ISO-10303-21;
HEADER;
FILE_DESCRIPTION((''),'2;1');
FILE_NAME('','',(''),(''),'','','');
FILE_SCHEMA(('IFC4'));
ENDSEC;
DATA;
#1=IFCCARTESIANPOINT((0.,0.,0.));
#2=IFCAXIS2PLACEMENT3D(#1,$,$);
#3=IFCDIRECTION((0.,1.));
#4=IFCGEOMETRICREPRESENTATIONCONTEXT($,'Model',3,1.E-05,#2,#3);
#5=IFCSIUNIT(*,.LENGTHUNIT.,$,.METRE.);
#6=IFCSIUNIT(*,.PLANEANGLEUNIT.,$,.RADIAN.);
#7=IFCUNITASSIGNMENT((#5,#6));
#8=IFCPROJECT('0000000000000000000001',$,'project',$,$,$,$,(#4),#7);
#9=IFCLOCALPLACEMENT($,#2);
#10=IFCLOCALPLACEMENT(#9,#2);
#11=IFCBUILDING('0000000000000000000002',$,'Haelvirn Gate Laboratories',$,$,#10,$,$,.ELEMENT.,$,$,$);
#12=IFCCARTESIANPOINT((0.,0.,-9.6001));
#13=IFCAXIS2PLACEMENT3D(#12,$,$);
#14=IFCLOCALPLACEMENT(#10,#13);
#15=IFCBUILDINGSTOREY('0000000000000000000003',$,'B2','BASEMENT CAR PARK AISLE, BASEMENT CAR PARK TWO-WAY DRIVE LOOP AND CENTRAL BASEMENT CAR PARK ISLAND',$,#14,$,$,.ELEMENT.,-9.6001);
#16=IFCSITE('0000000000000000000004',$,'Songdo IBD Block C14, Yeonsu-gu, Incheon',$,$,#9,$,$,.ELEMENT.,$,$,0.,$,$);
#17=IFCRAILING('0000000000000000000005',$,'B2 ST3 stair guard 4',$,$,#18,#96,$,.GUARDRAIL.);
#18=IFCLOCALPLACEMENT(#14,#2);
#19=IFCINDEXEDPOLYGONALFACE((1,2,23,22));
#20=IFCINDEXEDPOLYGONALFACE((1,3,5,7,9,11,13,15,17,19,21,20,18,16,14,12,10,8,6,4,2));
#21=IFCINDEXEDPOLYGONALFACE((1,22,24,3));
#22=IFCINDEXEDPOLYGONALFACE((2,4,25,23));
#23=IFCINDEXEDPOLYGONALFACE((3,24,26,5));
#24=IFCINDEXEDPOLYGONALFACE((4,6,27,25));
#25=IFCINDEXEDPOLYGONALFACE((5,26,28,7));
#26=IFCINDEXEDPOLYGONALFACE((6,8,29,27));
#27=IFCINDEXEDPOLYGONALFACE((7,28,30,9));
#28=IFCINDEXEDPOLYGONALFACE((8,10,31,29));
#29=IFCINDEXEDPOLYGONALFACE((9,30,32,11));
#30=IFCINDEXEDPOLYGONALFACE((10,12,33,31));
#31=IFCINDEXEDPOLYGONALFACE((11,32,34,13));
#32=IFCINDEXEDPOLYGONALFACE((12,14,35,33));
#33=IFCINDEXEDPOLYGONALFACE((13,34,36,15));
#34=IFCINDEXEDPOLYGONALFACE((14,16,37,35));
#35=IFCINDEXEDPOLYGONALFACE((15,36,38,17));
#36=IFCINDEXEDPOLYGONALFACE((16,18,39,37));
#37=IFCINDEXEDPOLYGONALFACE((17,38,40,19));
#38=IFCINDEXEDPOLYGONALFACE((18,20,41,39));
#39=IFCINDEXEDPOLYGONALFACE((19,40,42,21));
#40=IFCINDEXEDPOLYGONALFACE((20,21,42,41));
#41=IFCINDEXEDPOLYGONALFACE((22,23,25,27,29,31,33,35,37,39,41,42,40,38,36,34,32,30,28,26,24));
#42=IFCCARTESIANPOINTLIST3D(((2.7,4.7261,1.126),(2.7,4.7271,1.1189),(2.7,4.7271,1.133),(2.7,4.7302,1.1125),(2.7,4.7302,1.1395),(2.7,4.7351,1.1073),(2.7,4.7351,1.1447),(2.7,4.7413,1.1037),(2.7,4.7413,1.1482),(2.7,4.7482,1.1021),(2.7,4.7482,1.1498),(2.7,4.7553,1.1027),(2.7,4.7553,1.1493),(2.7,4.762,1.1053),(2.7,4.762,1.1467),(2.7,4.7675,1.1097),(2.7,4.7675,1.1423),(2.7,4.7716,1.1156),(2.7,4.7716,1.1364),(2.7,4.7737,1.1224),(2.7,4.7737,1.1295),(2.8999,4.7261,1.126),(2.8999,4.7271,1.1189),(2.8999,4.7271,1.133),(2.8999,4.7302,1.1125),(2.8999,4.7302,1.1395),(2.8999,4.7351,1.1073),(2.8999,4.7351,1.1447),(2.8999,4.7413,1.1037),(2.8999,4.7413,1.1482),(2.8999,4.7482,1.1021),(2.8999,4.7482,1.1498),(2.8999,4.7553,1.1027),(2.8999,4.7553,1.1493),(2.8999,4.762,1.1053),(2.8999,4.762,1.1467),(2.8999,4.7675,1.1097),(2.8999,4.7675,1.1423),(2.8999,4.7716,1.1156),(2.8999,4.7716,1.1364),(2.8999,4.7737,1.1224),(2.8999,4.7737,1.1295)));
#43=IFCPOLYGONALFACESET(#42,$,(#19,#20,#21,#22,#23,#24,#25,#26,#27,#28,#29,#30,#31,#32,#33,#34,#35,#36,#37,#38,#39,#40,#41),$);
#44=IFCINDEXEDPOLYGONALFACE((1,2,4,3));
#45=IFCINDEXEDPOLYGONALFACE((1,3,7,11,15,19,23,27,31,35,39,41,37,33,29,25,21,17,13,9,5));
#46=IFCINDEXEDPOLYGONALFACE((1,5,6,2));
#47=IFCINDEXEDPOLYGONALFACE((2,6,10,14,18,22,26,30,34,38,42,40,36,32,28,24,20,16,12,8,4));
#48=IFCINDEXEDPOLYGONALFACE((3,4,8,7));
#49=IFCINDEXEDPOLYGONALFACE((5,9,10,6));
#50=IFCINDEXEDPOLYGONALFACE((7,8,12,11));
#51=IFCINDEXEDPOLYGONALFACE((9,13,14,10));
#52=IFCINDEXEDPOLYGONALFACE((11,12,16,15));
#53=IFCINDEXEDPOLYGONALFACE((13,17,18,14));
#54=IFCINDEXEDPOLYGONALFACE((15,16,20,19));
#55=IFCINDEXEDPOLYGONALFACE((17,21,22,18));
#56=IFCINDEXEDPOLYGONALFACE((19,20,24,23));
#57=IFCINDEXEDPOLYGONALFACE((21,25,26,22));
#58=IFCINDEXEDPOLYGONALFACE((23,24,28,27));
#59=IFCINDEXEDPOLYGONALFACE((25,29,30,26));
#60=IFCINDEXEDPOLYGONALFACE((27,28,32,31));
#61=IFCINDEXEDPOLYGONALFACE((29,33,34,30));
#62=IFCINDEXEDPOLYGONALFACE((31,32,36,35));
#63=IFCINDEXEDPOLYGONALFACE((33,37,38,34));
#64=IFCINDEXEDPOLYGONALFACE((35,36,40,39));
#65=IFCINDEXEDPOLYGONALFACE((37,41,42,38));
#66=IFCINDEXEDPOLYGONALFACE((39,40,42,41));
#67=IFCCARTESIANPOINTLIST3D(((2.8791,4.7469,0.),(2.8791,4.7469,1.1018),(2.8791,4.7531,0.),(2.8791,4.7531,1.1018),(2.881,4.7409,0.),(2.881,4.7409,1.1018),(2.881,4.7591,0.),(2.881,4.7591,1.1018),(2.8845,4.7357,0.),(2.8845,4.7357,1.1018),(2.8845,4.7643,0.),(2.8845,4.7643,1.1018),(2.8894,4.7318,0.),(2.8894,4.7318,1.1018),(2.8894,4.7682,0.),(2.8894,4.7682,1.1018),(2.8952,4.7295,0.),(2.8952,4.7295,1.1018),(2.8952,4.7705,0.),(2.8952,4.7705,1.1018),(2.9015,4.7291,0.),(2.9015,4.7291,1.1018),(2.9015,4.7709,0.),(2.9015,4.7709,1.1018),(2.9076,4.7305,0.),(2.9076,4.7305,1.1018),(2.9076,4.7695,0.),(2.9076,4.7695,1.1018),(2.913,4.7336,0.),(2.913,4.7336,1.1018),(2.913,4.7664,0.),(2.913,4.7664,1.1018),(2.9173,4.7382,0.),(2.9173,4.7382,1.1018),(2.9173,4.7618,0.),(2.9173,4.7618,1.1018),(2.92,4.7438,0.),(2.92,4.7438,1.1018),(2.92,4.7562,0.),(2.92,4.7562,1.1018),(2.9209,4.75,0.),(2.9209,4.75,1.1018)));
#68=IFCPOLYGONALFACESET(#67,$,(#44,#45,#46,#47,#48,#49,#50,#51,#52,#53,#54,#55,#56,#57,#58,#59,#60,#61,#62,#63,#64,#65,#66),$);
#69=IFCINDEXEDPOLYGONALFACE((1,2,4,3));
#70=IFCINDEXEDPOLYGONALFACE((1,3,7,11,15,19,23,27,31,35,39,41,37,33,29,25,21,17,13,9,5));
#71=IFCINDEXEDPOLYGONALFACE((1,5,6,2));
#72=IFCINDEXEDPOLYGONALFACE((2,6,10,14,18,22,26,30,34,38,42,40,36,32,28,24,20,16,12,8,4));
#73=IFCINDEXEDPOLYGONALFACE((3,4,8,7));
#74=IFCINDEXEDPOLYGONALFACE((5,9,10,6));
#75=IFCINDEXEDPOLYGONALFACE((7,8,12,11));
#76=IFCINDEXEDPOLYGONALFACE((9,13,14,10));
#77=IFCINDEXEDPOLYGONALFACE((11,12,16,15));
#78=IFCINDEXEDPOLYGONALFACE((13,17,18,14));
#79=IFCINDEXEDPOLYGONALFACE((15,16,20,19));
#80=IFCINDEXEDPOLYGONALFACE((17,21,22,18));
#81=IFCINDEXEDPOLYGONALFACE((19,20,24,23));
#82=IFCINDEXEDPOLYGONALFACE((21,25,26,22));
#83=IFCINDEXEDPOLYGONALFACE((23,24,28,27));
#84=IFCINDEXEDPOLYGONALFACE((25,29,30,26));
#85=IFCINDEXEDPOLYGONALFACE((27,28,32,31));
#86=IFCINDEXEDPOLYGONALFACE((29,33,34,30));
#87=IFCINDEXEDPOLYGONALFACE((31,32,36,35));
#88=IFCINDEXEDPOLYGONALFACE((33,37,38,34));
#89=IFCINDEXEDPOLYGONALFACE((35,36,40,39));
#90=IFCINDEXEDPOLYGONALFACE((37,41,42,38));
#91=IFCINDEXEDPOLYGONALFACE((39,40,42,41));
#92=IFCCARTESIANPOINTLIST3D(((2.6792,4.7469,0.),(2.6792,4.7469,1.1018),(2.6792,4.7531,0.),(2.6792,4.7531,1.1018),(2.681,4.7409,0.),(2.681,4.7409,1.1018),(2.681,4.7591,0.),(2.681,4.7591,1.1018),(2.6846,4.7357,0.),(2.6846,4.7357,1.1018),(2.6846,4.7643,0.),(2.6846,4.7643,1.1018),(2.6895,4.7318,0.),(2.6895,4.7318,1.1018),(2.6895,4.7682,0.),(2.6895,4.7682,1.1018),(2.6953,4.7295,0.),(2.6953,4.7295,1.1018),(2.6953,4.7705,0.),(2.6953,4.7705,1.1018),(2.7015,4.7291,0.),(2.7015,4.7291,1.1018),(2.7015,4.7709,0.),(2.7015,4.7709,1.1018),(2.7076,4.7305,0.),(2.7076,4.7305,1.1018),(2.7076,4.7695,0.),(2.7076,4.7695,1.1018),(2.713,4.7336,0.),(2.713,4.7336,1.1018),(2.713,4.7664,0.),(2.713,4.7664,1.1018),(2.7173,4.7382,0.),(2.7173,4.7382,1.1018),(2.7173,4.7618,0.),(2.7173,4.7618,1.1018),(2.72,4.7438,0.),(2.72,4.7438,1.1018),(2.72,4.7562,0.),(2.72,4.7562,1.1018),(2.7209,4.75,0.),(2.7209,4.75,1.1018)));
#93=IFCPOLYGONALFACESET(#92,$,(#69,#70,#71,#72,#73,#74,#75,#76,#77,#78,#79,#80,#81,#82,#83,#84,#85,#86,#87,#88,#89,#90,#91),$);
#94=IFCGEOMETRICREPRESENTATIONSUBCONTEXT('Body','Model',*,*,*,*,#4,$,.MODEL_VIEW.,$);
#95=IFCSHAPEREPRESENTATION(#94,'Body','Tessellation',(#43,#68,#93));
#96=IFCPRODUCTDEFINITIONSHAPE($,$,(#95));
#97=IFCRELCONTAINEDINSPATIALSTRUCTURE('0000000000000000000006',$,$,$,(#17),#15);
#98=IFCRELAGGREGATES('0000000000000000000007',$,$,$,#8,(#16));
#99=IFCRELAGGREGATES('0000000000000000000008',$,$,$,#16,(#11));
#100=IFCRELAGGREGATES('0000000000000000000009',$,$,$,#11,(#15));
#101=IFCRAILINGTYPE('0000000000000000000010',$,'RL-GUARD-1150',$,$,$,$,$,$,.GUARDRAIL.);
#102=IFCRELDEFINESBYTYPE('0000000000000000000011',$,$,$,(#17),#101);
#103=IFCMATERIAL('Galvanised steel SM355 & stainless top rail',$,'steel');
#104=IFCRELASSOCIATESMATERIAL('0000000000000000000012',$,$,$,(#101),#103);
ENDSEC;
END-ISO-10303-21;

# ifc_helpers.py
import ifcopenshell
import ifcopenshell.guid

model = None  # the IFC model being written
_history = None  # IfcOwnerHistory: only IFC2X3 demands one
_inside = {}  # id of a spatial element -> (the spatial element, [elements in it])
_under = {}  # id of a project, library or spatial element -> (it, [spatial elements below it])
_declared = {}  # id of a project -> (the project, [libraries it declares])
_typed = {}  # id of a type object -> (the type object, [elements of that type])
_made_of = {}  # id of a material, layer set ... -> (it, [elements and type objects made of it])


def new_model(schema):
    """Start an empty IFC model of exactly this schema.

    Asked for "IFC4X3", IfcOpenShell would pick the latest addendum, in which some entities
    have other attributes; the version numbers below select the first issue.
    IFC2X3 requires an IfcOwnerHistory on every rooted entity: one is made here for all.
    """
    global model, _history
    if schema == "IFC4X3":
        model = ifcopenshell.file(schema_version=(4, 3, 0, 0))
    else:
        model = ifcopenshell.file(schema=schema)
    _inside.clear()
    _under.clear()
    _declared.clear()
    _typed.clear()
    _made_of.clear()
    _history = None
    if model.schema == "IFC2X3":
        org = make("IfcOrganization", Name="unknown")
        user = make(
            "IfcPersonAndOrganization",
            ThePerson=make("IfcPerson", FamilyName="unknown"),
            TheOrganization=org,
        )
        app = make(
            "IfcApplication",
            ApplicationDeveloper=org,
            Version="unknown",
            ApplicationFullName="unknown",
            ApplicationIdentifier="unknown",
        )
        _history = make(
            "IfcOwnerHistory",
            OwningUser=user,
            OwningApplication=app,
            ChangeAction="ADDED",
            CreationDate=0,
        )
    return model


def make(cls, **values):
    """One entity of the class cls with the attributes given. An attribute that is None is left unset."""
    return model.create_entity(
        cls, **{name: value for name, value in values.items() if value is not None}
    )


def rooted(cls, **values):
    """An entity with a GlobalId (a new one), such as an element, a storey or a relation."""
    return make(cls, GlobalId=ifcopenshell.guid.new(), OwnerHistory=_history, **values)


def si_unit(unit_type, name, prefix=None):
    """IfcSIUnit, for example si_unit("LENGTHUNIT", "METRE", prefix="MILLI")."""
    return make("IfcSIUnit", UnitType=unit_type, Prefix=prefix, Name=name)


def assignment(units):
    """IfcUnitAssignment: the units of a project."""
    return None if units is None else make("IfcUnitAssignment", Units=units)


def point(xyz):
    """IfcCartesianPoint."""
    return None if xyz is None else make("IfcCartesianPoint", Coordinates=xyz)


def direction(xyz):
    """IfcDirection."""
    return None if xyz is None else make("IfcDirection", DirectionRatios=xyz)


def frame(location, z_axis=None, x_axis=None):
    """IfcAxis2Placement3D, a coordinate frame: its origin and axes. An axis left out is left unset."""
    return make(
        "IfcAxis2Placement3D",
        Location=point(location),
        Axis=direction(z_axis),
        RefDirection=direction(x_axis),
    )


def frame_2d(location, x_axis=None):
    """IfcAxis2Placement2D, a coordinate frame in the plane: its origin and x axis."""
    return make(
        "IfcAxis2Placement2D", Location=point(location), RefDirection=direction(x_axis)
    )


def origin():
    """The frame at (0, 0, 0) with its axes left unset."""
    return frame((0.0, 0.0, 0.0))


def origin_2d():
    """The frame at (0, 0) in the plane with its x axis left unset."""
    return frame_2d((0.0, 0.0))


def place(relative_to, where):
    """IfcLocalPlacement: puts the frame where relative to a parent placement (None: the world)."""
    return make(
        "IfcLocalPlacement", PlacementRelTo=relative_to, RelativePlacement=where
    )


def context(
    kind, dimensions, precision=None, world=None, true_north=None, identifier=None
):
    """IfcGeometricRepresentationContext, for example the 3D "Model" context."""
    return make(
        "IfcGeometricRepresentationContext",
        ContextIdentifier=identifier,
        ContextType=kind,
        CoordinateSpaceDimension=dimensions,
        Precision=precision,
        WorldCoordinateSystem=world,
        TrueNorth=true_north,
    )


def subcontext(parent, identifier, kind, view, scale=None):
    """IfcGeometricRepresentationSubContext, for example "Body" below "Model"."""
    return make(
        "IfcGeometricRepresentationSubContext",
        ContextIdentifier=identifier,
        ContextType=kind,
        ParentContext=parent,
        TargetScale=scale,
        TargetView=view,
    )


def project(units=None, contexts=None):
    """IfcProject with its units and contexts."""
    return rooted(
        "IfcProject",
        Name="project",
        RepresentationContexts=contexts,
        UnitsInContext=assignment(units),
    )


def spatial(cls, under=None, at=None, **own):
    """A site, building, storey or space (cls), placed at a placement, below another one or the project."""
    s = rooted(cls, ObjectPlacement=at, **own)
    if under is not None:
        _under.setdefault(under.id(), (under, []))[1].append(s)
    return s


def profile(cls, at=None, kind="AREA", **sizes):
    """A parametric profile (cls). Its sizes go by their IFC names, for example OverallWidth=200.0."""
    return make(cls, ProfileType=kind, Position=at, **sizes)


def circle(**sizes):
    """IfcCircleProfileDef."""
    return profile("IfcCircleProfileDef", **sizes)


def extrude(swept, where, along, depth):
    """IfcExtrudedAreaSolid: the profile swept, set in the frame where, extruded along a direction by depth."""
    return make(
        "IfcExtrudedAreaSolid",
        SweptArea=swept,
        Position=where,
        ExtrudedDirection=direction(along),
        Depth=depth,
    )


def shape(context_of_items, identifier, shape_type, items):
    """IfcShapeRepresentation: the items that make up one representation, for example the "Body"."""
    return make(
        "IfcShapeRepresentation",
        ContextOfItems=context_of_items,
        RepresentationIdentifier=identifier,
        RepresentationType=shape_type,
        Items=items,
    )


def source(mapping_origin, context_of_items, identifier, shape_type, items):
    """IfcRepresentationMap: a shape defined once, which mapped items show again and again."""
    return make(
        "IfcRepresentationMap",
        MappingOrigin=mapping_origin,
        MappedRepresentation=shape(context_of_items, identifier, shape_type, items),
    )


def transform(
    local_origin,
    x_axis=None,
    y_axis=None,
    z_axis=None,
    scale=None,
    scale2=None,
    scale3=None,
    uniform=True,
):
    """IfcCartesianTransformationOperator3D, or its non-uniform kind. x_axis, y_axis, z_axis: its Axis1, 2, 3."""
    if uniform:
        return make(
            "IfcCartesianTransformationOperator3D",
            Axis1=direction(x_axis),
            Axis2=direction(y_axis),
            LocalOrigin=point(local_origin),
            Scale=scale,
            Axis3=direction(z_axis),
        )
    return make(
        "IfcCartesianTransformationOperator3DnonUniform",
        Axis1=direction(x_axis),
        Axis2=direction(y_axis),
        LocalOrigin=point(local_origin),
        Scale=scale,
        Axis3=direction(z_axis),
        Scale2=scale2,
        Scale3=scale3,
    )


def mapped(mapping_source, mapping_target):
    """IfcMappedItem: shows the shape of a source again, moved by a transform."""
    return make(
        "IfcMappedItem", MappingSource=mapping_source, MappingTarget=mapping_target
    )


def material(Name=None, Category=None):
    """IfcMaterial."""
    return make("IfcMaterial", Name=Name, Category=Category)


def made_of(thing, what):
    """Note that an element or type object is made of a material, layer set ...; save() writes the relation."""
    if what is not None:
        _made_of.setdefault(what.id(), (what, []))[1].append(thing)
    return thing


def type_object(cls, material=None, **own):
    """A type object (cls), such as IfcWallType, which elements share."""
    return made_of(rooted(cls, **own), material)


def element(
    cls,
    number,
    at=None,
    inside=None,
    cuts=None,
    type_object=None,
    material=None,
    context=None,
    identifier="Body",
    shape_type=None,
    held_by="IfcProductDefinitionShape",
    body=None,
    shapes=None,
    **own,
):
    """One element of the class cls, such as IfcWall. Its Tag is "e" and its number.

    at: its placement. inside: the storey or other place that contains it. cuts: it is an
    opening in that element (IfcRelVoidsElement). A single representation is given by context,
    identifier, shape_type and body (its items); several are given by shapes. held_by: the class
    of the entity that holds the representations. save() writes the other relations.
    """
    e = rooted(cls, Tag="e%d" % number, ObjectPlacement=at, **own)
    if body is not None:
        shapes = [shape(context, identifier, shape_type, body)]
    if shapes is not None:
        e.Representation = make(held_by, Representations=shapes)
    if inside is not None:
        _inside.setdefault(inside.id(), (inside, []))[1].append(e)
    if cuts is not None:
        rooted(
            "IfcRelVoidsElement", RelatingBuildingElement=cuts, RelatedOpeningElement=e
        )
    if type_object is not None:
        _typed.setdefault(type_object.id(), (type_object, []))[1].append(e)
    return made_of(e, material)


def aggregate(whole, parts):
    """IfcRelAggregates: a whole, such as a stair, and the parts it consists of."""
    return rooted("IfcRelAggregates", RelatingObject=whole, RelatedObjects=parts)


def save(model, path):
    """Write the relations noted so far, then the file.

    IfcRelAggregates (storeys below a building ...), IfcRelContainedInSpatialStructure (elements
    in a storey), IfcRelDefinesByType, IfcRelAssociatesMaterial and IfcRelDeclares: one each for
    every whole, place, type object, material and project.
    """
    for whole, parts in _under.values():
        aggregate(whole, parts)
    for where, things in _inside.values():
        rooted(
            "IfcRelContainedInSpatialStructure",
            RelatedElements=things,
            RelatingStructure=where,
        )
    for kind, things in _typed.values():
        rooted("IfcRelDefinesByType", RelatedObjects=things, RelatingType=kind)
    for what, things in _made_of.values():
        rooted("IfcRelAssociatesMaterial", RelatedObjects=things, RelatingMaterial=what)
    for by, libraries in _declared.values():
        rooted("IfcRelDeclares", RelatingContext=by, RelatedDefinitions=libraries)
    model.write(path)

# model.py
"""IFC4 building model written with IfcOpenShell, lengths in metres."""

from ifc_helpers import new_model, si_unit, direction, frame, origin, origin_2d, place, context, subcontext, project, spatial, circle, extrude, source, transform, mapped, material, type_object, element, save


model = new_model("IFC4")

# Units and contexts
model_context = context("Model", 3, precision=1e-05, world=origin(), true_north=direction((0.0, 1.0)))
body_context = subcontext(model_context, "Body", "Model", "MODEL_VIEW")
ifc_project = project(units=[si_unit("LENGTHUNIT", "METRE"), si_unit("PLANEANGLEUNIT", "RADIAN")], contexts=[model_context])

# Site, building, storey
site_placement = place(None, origin())
site = spatial("IfcSite", under=ifc_project, at=site_placement, Name="Songdo IBD Block C14, Yeonsu-gu, Incheon", CompositionType="ELEMENT", RefElevation=0.0)
building_placement = place(site_placement, origin())
building = spatial("IfcBuilding", under=site, at=building_placement, Name="Haelvirn Gate Laboratories", CompositionType="ELEMENT")
storey_placement = place(building_placement, frame((0.0, 0.0, -9.6001)))
storey = spatial("IfcBuildingStorey", under=building, at=storey_placement, Name="B2", Description="BASEMENT CAR PARK AISLE, BASEMENT CAR PARK TWO-WAY DRIVE LOOP AND CENTRAL BASEMENT CAR PARK ISLAND", CompositionType="ELEMENT", Elevation=-9.6001)

# Railing
ifc_material_1 = material(Name="Galvanised steel SM355 & stainless top rail", Category="steel")
railing_type_1 = type_object("IfcRailingType", Name="RL-GUARD-1150", PredefinedType="GUARDRAIL", material=ifc_material_1)
shared_shape_1 = source(origin(), body_context, "Body", "SweptSolid", [
    extrude(circle(Radius=0.0239, at=origin_2d()), frame((0.0, 0.0, 1.126), z_axis=(-1.0, 0.0, 0.0), x_axis=(0.0, -1.0, 0.0)), (0.0, 0.0, 1.0), 0.2),
    extrude(circle(Radius=0.021, at=origin_2d()), origin(), (0.0, 0.0, 1.0), 1.1018),
    extrude(circle(Radius=0.021, at=origin_2d()), frame((-0.2, 0.0, 0.0)), (0.0, 0.0, 1.0), 1.1018),
])
for number, where, name in (
    (1, (2.8999, 4.75, 0.0), "B2 ST3 stair guard 4"),
):
    element("IfcRailing", number, at=place(storey_placement, frame(where)), inside=storey, type_object=railing_type_1, Name=name, PredefinedType="GUARDRAIL", context=body_context, shape_type="MappedRepresentation", body=[
        mapped(shared_shape_1, transform((0.0, 0.0, 0.0), scale=1.0)),
    ])

save(model, "model.ifc")
